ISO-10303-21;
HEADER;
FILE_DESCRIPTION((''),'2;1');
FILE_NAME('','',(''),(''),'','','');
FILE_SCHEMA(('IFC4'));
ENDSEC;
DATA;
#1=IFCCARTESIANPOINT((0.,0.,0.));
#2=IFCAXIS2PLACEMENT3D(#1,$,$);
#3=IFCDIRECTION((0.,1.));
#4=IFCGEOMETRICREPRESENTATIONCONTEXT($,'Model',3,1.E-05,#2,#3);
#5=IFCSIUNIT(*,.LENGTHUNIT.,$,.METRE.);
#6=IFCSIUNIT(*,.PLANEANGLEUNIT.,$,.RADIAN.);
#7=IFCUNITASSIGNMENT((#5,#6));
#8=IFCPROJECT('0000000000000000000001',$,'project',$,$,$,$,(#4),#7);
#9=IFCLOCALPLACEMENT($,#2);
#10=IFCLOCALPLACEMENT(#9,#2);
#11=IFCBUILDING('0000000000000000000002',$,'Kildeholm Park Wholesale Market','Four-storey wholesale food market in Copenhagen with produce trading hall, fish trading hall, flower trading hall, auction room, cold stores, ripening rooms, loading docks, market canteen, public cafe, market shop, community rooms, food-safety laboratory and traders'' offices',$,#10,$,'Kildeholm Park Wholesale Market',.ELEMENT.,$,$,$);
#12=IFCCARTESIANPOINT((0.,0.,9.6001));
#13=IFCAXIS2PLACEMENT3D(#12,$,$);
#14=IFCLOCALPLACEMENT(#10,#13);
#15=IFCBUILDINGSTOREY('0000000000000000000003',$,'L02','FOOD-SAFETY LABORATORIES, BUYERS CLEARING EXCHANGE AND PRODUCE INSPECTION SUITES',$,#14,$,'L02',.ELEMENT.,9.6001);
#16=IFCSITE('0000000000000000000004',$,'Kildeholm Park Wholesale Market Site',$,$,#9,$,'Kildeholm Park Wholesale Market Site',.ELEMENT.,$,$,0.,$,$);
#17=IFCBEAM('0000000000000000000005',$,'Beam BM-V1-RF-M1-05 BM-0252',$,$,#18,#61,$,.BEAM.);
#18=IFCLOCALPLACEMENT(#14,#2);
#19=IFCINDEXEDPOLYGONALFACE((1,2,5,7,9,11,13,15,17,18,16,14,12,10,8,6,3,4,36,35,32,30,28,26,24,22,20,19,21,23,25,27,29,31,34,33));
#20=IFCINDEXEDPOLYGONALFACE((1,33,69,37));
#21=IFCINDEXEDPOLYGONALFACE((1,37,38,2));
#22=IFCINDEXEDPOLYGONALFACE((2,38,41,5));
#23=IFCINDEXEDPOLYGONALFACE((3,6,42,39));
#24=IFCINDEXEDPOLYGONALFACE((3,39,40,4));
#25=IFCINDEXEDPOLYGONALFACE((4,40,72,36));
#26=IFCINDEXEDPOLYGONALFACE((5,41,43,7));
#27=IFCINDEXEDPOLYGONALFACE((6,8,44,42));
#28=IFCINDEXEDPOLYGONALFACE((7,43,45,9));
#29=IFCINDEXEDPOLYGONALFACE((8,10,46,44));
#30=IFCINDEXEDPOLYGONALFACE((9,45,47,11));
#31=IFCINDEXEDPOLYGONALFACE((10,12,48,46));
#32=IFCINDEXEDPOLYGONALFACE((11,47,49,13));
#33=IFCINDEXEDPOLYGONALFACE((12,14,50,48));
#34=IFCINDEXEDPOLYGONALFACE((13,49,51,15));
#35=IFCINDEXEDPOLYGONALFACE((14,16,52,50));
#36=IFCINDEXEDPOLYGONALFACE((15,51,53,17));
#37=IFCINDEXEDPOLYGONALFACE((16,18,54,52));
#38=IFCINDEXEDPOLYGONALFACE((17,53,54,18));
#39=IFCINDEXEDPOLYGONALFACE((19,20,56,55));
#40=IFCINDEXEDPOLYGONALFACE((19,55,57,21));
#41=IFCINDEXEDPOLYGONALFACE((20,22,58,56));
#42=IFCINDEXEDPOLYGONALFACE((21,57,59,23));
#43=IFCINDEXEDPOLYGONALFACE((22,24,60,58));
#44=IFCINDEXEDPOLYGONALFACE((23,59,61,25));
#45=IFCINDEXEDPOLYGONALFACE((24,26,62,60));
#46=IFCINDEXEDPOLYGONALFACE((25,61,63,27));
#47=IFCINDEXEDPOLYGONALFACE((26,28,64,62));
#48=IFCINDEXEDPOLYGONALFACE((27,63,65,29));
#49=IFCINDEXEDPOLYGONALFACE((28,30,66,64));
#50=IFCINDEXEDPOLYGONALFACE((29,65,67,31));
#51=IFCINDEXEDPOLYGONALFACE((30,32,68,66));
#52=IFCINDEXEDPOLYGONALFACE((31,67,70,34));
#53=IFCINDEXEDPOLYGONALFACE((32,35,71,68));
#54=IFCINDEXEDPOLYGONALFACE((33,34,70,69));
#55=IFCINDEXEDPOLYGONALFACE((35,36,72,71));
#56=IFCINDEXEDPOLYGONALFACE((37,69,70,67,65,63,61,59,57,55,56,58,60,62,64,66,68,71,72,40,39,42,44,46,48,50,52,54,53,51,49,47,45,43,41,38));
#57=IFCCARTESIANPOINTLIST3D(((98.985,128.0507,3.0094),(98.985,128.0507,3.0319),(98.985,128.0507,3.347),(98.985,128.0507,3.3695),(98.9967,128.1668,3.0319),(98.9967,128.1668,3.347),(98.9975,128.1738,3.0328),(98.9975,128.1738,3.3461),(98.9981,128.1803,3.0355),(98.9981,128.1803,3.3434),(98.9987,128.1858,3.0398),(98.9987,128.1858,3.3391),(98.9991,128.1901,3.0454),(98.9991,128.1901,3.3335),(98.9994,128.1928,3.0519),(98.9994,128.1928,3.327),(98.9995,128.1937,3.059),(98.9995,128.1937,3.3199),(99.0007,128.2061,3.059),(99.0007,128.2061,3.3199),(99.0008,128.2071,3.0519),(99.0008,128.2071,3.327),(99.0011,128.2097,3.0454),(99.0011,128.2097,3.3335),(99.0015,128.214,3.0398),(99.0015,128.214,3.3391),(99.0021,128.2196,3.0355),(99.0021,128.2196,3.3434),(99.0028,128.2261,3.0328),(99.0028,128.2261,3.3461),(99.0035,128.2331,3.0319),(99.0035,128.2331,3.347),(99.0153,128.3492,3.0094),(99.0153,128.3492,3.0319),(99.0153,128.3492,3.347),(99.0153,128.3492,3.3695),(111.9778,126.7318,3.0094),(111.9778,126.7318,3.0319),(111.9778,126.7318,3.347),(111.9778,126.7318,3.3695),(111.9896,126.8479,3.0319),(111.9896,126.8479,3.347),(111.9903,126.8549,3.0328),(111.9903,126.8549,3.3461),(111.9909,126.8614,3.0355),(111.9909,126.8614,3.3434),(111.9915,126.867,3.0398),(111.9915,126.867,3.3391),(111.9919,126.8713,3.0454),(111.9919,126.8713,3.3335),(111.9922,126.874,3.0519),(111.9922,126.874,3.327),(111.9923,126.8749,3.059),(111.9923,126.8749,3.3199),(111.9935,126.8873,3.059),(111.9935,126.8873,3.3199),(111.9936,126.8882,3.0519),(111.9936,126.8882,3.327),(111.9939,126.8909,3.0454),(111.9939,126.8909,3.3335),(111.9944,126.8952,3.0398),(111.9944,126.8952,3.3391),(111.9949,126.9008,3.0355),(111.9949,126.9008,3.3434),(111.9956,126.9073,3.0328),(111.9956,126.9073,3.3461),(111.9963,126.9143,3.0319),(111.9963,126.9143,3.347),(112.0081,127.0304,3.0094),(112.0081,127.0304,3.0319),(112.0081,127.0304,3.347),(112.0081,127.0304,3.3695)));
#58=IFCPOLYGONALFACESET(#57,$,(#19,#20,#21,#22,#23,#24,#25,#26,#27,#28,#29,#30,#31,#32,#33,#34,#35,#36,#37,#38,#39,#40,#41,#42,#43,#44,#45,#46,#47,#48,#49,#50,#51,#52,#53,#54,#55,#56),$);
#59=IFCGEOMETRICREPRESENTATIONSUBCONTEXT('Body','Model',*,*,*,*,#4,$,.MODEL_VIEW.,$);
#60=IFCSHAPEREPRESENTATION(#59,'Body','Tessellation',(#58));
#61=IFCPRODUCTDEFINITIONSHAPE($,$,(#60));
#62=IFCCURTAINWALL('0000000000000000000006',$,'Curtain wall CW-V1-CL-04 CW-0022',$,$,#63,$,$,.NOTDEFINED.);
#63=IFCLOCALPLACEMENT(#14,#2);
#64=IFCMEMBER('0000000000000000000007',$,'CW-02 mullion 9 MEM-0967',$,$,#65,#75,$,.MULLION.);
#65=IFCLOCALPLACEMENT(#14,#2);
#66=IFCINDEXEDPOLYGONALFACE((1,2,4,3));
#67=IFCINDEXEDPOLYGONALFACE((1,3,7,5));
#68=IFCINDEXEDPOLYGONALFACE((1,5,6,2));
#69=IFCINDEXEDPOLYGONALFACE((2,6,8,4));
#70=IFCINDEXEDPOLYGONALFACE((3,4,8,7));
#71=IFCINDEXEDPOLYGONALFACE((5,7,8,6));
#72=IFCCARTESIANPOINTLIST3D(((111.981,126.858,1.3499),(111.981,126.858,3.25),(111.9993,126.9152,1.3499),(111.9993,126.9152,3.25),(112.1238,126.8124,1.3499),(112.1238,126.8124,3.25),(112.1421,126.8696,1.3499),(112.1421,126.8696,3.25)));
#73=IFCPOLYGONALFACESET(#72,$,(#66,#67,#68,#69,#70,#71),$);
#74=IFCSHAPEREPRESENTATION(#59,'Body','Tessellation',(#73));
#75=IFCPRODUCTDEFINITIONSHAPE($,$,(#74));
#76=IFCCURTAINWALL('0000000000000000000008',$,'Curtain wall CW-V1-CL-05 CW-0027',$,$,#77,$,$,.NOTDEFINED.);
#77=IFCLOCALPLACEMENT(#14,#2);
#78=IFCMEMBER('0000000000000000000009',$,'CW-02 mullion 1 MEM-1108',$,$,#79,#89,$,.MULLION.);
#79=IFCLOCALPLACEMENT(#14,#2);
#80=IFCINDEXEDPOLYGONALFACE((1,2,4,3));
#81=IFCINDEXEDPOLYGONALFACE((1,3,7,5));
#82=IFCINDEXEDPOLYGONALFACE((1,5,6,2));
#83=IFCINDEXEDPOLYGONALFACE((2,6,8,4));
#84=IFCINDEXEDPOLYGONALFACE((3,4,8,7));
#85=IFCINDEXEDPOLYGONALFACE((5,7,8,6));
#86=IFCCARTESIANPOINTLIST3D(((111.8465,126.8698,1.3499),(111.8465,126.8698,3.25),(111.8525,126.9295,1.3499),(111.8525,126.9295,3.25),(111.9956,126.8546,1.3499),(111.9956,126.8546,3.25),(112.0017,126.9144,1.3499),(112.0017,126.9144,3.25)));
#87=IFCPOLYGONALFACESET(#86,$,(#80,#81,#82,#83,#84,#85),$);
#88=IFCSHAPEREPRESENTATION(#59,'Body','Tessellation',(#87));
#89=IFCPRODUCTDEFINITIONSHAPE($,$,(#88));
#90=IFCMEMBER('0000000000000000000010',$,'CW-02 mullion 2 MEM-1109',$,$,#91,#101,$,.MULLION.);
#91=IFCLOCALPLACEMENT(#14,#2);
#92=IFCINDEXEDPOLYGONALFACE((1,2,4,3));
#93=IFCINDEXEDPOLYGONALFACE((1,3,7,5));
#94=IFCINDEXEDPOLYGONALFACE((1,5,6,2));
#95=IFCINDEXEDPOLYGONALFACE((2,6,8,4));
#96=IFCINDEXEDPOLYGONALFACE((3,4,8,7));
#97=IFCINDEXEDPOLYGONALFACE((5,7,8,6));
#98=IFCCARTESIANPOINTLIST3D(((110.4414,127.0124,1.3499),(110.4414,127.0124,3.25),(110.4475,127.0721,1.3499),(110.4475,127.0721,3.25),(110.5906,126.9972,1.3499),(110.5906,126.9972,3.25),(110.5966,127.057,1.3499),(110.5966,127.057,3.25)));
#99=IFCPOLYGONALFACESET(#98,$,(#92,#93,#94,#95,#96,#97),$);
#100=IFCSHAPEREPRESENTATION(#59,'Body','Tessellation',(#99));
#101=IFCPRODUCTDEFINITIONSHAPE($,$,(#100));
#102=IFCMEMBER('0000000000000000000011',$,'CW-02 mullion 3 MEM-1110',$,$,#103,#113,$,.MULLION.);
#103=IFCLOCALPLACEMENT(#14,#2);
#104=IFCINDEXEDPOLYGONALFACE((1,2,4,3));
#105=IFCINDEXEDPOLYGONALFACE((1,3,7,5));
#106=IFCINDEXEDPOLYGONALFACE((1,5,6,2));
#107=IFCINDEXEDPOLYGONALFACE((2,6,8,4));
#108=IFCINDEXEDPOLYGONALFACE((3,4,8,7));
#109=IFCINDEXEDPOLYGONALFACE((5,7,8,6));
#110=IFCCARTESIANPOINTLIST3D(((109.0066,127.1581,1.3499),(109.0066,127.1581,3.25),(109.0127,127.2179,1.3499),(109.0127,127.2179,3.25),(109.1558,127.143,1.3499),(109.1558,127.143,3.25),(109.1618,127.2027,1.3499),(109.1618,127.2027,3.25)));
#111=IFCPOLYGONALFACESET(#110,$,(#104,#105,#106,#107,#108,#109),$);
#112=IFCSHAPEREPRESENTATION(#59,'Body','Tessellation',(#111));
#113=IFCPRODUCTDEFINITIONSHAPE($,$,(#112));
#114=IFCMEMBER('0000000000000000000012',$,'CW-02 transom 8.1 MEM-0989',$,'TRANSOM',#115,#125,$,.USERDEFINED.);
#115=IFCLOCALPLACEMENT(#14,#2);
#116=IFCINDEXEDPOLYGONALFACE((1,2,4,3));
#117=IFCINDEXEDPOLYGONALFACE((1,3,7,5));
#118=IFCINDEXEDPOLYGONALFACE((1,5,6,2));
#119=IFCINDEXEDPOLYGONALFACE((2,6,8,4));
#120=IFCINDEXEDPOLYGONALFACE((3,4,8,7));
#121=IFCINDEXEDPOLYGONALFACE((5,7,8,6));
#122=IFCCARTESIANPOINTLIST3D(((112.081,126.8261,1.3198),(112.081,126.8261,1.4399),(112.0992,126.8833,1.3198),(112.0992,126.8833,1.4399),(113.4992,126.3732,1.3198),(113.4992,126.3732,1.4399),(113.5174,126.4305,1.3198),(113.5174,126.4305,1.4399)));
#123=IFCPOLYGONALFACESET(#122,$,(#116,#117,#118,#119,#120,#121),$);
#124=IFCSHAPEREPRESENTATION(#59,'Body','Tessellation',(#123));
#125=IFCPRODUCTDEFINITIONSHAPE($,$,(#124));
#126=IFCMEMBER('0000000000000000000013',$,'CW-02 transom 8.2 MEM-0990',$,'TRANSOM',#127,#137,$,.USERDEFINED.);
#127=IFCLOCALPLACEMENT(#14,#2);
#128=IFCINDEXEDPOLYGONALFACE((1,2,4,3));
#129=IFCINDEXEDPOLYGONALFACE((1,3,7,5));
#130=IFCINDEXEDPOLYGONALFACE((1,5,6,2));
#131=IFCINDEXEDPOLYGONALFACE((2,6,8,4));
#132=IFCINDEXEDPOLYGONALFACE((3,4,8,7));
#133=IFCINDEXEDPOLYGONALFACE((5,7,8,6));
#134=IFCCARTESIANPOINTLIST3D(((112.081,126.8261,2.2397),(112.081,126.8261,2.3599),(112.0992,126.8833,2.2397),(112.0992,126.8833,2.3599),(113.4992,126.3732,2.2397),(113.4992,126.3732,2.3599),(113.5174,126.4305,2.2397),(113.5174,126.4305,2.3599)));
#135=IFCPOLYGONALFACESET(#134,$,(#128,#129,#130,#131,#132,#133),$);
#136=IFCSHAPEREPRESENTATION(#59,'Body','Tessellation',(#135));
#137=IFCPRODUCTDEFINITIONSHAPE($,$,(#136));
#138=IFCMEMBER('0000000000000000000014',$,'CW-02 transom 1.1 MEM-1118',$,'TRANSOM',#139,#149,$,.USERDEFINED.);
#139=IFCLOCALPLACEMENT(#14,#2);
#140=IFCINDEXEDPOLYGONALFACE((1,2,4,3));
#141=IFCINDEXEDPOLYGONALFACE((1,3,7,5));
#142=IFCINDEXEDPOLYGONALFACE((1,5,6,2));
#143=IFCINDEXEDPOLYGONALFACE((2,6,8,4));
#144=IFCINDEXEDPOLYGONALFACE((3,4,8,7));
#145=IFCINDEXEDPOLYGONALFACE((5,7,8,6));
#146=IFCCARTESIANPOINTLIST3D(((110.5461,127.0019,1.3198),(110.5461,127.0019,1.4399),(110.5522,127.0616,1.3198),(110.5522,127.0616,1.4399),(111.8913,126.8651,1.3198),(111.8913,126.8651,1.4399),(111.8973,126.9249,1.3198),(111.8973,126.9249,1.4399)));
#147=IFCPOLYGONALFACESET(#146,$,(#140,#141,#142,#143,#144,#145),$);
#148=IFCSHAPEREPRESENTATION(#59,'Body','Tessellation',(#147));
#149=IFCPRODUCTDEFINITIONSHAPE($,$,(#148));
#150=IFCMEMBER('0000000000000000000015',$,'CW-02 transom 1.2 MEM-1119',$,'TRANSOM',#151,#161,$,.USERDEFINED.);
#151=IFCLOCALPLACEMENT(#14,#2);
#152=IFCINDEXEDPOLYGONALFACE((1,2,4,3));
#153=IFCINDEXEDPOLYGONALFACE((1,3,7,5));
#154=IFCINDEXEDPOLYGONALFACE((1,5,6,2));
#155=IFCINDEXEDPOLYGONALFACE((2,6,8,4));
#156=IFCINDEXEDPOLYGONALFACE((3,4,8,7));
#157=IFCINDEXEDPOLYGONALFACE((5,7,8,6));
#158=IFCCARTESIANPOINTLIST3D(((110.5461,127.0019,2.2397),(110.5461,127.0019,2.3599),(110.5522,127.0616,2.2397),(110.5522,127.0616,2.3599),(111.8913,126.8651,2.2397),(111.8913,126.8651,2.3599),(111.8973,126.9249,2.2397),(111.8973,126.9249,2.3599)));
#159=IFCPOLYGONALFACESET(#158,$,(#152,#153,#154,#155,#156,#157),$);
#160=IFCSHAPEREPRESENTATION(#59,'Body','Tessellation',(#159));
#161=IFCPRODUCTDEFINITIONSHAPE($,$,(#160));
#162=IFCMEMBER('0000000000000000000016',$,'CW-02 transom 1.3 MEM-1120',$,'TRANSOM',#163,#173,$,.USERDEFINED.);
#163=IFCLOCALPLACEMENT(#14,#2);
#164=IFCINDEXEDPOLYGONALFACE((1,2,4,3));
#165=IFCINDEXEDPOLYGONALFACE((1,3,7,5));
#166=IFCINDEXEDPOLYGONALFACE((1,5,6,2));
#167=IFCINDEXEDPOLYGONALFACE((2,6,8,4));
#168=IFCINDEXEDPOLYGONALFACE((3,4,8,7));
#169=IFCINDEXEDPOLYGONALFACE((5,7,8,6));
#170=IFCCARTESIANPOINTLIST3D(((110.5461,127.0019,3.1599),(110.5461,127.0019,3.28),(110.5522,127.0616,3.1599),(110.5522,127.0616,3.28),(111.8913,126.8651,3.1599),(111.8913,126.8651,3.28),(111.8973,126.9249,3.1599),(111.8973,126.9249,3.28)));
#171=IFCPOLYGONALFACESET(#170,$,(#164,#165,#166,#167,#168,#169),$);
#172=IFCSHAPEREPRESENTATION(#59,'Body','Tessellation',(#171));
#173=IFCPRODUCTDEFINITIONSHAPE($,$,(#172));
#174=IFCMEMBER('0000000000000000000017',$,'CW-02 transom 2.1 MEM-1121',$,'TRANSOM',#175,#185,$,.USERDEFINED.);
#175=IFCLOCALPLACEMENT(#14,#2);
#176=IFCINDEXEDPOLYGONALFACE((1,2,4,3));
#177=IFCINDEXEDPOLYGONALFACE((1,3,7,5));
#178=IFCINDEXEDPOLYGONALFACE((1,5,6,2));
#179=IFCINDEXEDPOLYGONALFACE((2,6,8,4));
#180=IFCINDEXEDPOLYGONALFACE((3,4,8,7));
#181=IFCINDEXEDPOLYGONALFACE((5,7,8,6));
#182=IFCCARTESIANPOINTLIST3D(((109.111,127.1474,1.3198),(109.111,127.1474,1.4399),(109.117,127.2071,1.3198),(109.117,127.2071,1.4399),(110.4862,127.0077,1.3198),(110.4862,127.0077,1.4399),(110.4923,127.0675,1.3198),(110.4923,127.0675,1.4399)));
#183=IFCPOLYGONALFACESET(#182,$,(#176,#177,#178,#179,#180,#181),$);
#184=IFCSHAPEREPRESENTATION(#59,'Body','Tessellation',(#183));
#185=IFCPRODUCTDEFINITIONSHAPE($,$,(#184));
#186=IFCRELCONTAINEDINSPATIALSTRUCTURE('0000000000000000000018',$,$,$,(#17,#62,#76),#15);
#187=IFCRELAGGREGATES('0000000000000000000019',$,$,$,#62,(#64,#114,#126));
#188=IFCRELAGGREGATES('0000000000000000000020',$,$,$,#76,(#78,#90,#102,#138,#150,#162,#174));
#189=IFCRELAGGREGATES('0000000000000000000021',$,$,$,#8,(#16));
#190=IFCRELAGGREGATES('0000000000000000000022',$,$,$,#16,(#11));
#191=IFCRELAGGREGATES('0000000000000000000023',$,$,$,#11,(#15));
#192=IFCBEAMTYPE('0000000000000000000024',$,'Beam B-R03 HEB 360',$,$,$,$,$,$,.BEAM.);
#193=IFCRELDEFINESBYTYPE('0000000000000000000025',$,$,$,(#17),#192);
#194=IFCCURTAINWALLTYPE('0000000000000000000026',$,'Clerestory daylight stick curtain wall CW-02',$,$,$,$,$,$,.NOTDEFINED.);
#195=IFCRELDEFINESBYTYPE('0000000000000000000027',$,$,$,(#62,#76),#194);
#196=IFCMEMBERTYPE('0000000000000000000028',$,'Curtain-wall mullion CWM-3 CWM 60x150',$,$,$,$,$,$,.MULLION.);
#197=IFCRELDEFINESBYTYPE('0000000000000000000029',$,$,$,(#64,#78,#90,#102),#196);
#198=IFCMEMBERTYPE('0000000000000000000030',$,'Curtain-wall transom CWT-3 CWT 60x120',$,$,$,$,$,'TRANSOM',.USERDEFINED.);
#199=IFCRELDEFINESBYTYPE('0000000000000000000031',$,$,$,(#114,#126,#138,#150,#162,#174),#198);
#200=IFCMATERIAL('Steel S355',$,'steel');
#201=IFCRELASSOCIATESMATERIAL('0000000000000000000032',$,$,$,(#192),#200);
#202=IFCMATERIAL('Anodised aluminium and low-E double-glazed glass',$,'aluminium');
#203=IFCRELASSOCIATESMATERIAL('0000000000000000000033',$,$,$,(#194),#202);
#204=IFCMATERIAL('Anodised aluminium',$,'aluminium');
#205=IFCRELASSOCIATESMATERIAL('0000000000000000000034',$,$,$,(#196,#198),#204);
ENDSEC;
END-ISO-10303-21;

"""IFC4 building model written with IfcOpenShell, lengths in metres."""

from ifc_helpers import new_model, si_unit, direction, frame, origin, origin_2d, place, context, subcontext, project, spatial, rectangle, i_section, extrude, material, material_profile, profile_set, type_object, element, aggregate, save


model = new_model("IFC4")

# Units and contexts
model_context = context("Model", 3, precision=1e-05, world=origin(), true_north=direction((0.0, 1.0)))
body_context = subcontext(model_context, "Body", "Model", "MODEL_VIEW")
ifc_project = project(units=[si_unit("LENGTHUNIT", "METRE"), si_unit("PLANEANGLEUNIT", "RADIAN")], contexts=[model_context])

# Site, building, storey
site_placement = place(None, origin())
site = spatial("IfcSite", under=ifc_project, at=site_placement, Name="Kildeholm Park Wholesale Market Site", LongName="Kildeholm Park Wholesale Market Site", CompositionType="ELEMENT", RefElevation=0.0)
building_placement = place(site_placement, origin())
building = spatial("IfcBuilding", under=site, at=building_placement, Name="Kildeholm Park Wholesale Market", Description="Four-storey wholesale food market in Copenhagen with produce trading hall, fish trading hall, flower trading hall, auction room, cold stores, ripening rooms, loading docks, market canteen, public cafe, market shop, community rooms, food-safety laboratory and traders' offices", LongName="Kildeholm Park Wholesale Market", CompositionType="ELEMENT")
storey_placement = place(building_placement, frame((0.0, 0.0, 9.6001)))
storey = spatial("IfcBuildingStorey", under=building, at=storey_placement, Name="L02", Description="FOOD-SAFETY LABORATORIES, BUYERS CLEARING EXCHANGE AND PRODUCE INSPECTION SUITES", LongName="L02", CompositionType="ELEMENT", Elevation=9.6001)

# Shared definitions
ifc_material_1 = material(Name="Steel S355", Category="steel")

# Beam
ifc_material_profile_1 = material_profile(ifc_material_1, i_section(OverallWidth=0.3, OverallDepth=0.3601, WebThickness=0.0125, FlangeThickness=0.0225, FilletRadius=0.0271, at=origin_2d()), Name="HEB 360")
ifc_profile_set_1 = profile_set([ifc_material_profile_1], Name="Steel S355")
beam_type_1 = type_object("IfcBeamType", Name="Beam B-R03 HEB 360", PredefinedType="BEAM", material=ifc_profile_set_1)
beam_1_placement = place(storey_placement, frame((111.9929, 126.8811, 3.1895), z_axis=(-0.994888, 0.100986, 0.0), x_axis=(-0.100986, -0.994888, 0.0)))
element("IfcBeam", 1, at=beam_1_placement, inside=storey, type_object=beam_type_1, Name="Beam BM-V1-RF-M1-05 BM-0252", PredefinedType="BEAM", context=body_context, shape_type="SweptSolid", body=[
    extrude(i_section(OverallWidth=0.3, OverallDepth=0.3601, WebThickness=0.0125, FlangeThickness=0.0225, FilletRadius=0.0271, at=origin_2d()), origin(), (0.0, 0.0, 1.0), 13.0596),
])

# Curtain wall, member
ifc_material_2 = material(Name="Anodised aluminium and low-E double-glazed glass", Category="aluminium")
curtain_wall_type = type_object("IfcCurtainWallType", Name="Clerestory daylight stick curtain wall CW-02", PredefinedType="NOTDEFINED", material=ifc_material_2)
curtain_wall_1_placement = place(storey_placement, origin())
curtain_wall_1 = element("IfcCurtainWall", 2, at=curtain_wall_1_placement, inside=storey, type_object=curtain_wall_type, Name="Curtain wall CW-V1-CL-04 CW-0022", PredefinedType="NOTDEFINED")
ifc_material_3 = material(Name="Anodised aluminium", Category="aluminium")
ifc_material_profile_2 = material_profile(ifc_material_3, rectangle(XDim=0.0601, YDim=0.1499, at=origin_2d()), Name="CWM 60x150")
ifc_profile_set_2 = profile_set([ifc_material_profile_2], Name="Anodised aluminium")
member_type_1 = type_object("IfcMemberType", Name="Curtain-wall mullion CWM-3 CWM 60x150", PredefinedType="MULLION", material=ifc_profile_set_2)
member_1_placement = place(storey_placement, frame((112.0615, 126.8638, 1.3499), z_axis=(0.0, 0.0, 1.0), x_axis=(-0.304207, -0.952606, 0.0)))
member_1 = element("IfcMember", 3, at=member_1_placement, type_object=member_type_1, Name="CW-02 mullion 9 MEM-0967", PredefinedType="MULLION", context=body_context, shape_type="SweptSolid", body=[
    extrude(rectangle(XDim=0.0601, YDim=0.1499, at=origin_2d()), origin(), (0.0, 0.0, 1.0), 1.9001),
])

# Curtain wall, members
curtain_wall_2_placement = place(storey_placement, origin())
curtain_wall_2 = element("IfcCurtainWall", 4, at=curtain_wall_2_placement, inside=storey, type_object=curtain_wall_type, Name="Curtain wall CW-V1-CL-05 CW-0027", PredefinedType="NOTDEFINED")
member_2_placement = place(storey_placement, frame((111.9241, 126.8921, 1.3499), z_axis=(0.0, 0.0, 1.0), x_axis=(-0.100999, -0.994887, 0.0)))
member_2 = element("IfcMember", 5, at=member_2_placement, type_object=member_type_1, Name="CW-02 mullion 1 MEM-1108", PredefinedType="MULLION", context=body_context, shape_type="SweptSolid", body=[
    extrude(rectangle(XDim=0.0601, YDim=0.1499, at=origin_2d()), origin(), (0.0, 0.0, 1.0), 1.9001),
])
member_3_placement = place(storey_placement, frame((110.519, 127.0347, 1.3499), z_axis=(0.0, 0.0, 1.0), x_axis=(-0.100999, -0.994887, 0.0)))
member_3 = element("IfcMember", 6, at=member_3_placement, type_object=member_type_1, Name="CW-02 mullion 2 MEM-1109", PredefinedType="MULLION", context=body_context, shape_type="SweptSolid", body=[
    extrude(rectangle(XDim=0.0601, YDim=0.1499, at=origin_2d()), origin(), (0.0, 0.0, 1.0), 1.9001),
])
member_4_placement = place(storey_placement, frame((109.0842, 127.1804, 1.3499), z_axis=(0.0, 0.0, 1.0), x_axis=(-0.100999, -0.994887, 0.0)))
member_4 = element("IfcMember", 7, at=member_4_placement, type_object=member_type_1, Name="CW-02 mullion 3 MEM-1110", PredefinedType="MULLION", context=body_context, shape_type="SweptSolid", body=[
    extrude(rectangle(XDim=0.0601, YDim=0.1499, at=origin_2d()), origin(), (0.0, 0.0, 1.0), 1.9001),
])

# Members
ifc_material_profile_3 = material_profile(ifc_material_3, rectangle(XDim=0.0601, YDim=0.1201, at=origin_2d()), Name="CWT 60x120")
ifc_profile_set_3 = profile_set([ifc_material_profile_3], Name="Anodised aluminium")
member_type_2 = type_object("IfcMemberType", Name="Curtain-wall transom CWT-3 CWT 60x120", ElementType="TRANSOM", PredefinedType="USERDEFINED", material=ifc_profile_set_3)
member_5_placement = place(storey_placement, frame((113.5083, 126.4019, 1.3799), z_axis=(-0.952609, 0.304198, 0.0), x_axis=(-0.304198, -0.952609, 0.0)))
member_5 = element("IfcMember", 8, at=member_5_placement, type_object=member_type_2, Name="CW-02 transom 8.1 MEM-0989", ObjectType="TRANSOM", PredefinedType="USERDEFINED", context=body_context, shape_type="SweptSolid", body=[
    extrude(rectangle(XDim=0.0601, YDim=0.1201, at=origin_2d()), origin(), (0.0, 0.0, 1.0), 1.4888),
])
member_6_placement = place(storey_placement, frame((113.5083, 126.4019, 2.2998), z_axis=(-0.952609, 0.304198, 0.0), x_axis=(-0.304198, -0.952609, 0.0)))
member_6 = element("IfcMember", 9, at=member_6_placement, type_object=member_type_2, Name="CW-02 transom 8.2 MEM-0990", ObjectType="TRANSOM", PredefinedType="USERDEFINED", context=body_context, shape_type="SweptSolid", body=[
    extrude(rectangle(XDim=0.0601, YDim=0.1201, at=origin_2d()), origin(), (0.0, 0.0, 1.0), 1.4888),
])
member_7_placement = place(storey_placement, frame((111.8943, 126.895, 1.3799), z_axis=(-0.994875, 0.101113, 0.0), x_axis=(-0.101113, -0.994875, 0.0)))
member_7 = element("IfcMember", 10, at=member_7_placement, type_object=member_type_2, Name="CW-02 transom 1.1 MEM-1118", ObjectType="TRANSOM", PredefinedType="USERDEFINED", context=body_context, shape_type="SweptSolid", body=[
    extrude(rectangle(XDim=0.0601, YDim=0.1201, at=origin_2d()), origin(), (0.0, 0.0, 1.0), 1.3521),
])
member_8_placement = place(storey_placement, frame((111.8943, 126.895, 2.2998), z_axis=(-0.994875, 0.101113, 0.0), x_axis=(-0.101113, -0.994875, 0.0)))
member_8 = element("IfcMember", 11, at=member_8_placement, type_object=member_type_2, Name="CW-02 transom 1.2 MEM-1119", ObjectType="TRANSOM", PredefinedType="USERDEFINED", context=body_context, shape_type="SweptSolid", body=[
    extrude(rectangle(XDim=0.0601, YDim=0.1201, at=origin_2d()), origin(), (0.0, 0.0, 1.0), 1.3521),
])
member_9_placement = place(storey_placement, frame((111.8943, 126.895, 3.22), z_axis=(-0.994875, 0.101113, 0.0), x_axis=(-0.101113, -0.994875, 0.0)))
member_9 = element("IfcMember", 12, at=member_9_placement, type_object=member_type_2, Name="CW-02 transom 1.3 MEM-1120", ObjectType="TRANSOM", PredefinedType="USERDEFINED", context=body_context, shape_type="SweptSolid", body=[
    extrude(rectangle(XDim=0.0601, YDim=0.1201, at=origin_2d()), origin(), (0.0, 0.0, 1.0), 1.3521),
])
member_10_placement = place(storey_placement, frame((110.4893, 127.0376, 1.3799), z_axis=(-0.994884, 0.101025, 0.0), x_axis=(-0.101025, -0.994884, 0.0)))
member_10 = element("IfcMember", 13, at=member_10_placement, type_object=member_type_2, Name="CW-02 transom 2.1 MEM-1121", ObjectType="TRANSOM", PredefinedType="USERDEFINED", context=body_context, shape_type="SweptSolid", body=[
    extrude(rectangle(XDim=0.0601, YDim=0.1201, at=origin_2d()), origin(), (0.0, 0.0, 1.0), 1.3823),
])

aggregate(curtain_wall_1, [member_1, member_5, member_6])
aggregate(curtain_wall_2, [member_2, member_3, member_4, member_7, member_8, member_9, member_10])

save(model, "model.ifc")
